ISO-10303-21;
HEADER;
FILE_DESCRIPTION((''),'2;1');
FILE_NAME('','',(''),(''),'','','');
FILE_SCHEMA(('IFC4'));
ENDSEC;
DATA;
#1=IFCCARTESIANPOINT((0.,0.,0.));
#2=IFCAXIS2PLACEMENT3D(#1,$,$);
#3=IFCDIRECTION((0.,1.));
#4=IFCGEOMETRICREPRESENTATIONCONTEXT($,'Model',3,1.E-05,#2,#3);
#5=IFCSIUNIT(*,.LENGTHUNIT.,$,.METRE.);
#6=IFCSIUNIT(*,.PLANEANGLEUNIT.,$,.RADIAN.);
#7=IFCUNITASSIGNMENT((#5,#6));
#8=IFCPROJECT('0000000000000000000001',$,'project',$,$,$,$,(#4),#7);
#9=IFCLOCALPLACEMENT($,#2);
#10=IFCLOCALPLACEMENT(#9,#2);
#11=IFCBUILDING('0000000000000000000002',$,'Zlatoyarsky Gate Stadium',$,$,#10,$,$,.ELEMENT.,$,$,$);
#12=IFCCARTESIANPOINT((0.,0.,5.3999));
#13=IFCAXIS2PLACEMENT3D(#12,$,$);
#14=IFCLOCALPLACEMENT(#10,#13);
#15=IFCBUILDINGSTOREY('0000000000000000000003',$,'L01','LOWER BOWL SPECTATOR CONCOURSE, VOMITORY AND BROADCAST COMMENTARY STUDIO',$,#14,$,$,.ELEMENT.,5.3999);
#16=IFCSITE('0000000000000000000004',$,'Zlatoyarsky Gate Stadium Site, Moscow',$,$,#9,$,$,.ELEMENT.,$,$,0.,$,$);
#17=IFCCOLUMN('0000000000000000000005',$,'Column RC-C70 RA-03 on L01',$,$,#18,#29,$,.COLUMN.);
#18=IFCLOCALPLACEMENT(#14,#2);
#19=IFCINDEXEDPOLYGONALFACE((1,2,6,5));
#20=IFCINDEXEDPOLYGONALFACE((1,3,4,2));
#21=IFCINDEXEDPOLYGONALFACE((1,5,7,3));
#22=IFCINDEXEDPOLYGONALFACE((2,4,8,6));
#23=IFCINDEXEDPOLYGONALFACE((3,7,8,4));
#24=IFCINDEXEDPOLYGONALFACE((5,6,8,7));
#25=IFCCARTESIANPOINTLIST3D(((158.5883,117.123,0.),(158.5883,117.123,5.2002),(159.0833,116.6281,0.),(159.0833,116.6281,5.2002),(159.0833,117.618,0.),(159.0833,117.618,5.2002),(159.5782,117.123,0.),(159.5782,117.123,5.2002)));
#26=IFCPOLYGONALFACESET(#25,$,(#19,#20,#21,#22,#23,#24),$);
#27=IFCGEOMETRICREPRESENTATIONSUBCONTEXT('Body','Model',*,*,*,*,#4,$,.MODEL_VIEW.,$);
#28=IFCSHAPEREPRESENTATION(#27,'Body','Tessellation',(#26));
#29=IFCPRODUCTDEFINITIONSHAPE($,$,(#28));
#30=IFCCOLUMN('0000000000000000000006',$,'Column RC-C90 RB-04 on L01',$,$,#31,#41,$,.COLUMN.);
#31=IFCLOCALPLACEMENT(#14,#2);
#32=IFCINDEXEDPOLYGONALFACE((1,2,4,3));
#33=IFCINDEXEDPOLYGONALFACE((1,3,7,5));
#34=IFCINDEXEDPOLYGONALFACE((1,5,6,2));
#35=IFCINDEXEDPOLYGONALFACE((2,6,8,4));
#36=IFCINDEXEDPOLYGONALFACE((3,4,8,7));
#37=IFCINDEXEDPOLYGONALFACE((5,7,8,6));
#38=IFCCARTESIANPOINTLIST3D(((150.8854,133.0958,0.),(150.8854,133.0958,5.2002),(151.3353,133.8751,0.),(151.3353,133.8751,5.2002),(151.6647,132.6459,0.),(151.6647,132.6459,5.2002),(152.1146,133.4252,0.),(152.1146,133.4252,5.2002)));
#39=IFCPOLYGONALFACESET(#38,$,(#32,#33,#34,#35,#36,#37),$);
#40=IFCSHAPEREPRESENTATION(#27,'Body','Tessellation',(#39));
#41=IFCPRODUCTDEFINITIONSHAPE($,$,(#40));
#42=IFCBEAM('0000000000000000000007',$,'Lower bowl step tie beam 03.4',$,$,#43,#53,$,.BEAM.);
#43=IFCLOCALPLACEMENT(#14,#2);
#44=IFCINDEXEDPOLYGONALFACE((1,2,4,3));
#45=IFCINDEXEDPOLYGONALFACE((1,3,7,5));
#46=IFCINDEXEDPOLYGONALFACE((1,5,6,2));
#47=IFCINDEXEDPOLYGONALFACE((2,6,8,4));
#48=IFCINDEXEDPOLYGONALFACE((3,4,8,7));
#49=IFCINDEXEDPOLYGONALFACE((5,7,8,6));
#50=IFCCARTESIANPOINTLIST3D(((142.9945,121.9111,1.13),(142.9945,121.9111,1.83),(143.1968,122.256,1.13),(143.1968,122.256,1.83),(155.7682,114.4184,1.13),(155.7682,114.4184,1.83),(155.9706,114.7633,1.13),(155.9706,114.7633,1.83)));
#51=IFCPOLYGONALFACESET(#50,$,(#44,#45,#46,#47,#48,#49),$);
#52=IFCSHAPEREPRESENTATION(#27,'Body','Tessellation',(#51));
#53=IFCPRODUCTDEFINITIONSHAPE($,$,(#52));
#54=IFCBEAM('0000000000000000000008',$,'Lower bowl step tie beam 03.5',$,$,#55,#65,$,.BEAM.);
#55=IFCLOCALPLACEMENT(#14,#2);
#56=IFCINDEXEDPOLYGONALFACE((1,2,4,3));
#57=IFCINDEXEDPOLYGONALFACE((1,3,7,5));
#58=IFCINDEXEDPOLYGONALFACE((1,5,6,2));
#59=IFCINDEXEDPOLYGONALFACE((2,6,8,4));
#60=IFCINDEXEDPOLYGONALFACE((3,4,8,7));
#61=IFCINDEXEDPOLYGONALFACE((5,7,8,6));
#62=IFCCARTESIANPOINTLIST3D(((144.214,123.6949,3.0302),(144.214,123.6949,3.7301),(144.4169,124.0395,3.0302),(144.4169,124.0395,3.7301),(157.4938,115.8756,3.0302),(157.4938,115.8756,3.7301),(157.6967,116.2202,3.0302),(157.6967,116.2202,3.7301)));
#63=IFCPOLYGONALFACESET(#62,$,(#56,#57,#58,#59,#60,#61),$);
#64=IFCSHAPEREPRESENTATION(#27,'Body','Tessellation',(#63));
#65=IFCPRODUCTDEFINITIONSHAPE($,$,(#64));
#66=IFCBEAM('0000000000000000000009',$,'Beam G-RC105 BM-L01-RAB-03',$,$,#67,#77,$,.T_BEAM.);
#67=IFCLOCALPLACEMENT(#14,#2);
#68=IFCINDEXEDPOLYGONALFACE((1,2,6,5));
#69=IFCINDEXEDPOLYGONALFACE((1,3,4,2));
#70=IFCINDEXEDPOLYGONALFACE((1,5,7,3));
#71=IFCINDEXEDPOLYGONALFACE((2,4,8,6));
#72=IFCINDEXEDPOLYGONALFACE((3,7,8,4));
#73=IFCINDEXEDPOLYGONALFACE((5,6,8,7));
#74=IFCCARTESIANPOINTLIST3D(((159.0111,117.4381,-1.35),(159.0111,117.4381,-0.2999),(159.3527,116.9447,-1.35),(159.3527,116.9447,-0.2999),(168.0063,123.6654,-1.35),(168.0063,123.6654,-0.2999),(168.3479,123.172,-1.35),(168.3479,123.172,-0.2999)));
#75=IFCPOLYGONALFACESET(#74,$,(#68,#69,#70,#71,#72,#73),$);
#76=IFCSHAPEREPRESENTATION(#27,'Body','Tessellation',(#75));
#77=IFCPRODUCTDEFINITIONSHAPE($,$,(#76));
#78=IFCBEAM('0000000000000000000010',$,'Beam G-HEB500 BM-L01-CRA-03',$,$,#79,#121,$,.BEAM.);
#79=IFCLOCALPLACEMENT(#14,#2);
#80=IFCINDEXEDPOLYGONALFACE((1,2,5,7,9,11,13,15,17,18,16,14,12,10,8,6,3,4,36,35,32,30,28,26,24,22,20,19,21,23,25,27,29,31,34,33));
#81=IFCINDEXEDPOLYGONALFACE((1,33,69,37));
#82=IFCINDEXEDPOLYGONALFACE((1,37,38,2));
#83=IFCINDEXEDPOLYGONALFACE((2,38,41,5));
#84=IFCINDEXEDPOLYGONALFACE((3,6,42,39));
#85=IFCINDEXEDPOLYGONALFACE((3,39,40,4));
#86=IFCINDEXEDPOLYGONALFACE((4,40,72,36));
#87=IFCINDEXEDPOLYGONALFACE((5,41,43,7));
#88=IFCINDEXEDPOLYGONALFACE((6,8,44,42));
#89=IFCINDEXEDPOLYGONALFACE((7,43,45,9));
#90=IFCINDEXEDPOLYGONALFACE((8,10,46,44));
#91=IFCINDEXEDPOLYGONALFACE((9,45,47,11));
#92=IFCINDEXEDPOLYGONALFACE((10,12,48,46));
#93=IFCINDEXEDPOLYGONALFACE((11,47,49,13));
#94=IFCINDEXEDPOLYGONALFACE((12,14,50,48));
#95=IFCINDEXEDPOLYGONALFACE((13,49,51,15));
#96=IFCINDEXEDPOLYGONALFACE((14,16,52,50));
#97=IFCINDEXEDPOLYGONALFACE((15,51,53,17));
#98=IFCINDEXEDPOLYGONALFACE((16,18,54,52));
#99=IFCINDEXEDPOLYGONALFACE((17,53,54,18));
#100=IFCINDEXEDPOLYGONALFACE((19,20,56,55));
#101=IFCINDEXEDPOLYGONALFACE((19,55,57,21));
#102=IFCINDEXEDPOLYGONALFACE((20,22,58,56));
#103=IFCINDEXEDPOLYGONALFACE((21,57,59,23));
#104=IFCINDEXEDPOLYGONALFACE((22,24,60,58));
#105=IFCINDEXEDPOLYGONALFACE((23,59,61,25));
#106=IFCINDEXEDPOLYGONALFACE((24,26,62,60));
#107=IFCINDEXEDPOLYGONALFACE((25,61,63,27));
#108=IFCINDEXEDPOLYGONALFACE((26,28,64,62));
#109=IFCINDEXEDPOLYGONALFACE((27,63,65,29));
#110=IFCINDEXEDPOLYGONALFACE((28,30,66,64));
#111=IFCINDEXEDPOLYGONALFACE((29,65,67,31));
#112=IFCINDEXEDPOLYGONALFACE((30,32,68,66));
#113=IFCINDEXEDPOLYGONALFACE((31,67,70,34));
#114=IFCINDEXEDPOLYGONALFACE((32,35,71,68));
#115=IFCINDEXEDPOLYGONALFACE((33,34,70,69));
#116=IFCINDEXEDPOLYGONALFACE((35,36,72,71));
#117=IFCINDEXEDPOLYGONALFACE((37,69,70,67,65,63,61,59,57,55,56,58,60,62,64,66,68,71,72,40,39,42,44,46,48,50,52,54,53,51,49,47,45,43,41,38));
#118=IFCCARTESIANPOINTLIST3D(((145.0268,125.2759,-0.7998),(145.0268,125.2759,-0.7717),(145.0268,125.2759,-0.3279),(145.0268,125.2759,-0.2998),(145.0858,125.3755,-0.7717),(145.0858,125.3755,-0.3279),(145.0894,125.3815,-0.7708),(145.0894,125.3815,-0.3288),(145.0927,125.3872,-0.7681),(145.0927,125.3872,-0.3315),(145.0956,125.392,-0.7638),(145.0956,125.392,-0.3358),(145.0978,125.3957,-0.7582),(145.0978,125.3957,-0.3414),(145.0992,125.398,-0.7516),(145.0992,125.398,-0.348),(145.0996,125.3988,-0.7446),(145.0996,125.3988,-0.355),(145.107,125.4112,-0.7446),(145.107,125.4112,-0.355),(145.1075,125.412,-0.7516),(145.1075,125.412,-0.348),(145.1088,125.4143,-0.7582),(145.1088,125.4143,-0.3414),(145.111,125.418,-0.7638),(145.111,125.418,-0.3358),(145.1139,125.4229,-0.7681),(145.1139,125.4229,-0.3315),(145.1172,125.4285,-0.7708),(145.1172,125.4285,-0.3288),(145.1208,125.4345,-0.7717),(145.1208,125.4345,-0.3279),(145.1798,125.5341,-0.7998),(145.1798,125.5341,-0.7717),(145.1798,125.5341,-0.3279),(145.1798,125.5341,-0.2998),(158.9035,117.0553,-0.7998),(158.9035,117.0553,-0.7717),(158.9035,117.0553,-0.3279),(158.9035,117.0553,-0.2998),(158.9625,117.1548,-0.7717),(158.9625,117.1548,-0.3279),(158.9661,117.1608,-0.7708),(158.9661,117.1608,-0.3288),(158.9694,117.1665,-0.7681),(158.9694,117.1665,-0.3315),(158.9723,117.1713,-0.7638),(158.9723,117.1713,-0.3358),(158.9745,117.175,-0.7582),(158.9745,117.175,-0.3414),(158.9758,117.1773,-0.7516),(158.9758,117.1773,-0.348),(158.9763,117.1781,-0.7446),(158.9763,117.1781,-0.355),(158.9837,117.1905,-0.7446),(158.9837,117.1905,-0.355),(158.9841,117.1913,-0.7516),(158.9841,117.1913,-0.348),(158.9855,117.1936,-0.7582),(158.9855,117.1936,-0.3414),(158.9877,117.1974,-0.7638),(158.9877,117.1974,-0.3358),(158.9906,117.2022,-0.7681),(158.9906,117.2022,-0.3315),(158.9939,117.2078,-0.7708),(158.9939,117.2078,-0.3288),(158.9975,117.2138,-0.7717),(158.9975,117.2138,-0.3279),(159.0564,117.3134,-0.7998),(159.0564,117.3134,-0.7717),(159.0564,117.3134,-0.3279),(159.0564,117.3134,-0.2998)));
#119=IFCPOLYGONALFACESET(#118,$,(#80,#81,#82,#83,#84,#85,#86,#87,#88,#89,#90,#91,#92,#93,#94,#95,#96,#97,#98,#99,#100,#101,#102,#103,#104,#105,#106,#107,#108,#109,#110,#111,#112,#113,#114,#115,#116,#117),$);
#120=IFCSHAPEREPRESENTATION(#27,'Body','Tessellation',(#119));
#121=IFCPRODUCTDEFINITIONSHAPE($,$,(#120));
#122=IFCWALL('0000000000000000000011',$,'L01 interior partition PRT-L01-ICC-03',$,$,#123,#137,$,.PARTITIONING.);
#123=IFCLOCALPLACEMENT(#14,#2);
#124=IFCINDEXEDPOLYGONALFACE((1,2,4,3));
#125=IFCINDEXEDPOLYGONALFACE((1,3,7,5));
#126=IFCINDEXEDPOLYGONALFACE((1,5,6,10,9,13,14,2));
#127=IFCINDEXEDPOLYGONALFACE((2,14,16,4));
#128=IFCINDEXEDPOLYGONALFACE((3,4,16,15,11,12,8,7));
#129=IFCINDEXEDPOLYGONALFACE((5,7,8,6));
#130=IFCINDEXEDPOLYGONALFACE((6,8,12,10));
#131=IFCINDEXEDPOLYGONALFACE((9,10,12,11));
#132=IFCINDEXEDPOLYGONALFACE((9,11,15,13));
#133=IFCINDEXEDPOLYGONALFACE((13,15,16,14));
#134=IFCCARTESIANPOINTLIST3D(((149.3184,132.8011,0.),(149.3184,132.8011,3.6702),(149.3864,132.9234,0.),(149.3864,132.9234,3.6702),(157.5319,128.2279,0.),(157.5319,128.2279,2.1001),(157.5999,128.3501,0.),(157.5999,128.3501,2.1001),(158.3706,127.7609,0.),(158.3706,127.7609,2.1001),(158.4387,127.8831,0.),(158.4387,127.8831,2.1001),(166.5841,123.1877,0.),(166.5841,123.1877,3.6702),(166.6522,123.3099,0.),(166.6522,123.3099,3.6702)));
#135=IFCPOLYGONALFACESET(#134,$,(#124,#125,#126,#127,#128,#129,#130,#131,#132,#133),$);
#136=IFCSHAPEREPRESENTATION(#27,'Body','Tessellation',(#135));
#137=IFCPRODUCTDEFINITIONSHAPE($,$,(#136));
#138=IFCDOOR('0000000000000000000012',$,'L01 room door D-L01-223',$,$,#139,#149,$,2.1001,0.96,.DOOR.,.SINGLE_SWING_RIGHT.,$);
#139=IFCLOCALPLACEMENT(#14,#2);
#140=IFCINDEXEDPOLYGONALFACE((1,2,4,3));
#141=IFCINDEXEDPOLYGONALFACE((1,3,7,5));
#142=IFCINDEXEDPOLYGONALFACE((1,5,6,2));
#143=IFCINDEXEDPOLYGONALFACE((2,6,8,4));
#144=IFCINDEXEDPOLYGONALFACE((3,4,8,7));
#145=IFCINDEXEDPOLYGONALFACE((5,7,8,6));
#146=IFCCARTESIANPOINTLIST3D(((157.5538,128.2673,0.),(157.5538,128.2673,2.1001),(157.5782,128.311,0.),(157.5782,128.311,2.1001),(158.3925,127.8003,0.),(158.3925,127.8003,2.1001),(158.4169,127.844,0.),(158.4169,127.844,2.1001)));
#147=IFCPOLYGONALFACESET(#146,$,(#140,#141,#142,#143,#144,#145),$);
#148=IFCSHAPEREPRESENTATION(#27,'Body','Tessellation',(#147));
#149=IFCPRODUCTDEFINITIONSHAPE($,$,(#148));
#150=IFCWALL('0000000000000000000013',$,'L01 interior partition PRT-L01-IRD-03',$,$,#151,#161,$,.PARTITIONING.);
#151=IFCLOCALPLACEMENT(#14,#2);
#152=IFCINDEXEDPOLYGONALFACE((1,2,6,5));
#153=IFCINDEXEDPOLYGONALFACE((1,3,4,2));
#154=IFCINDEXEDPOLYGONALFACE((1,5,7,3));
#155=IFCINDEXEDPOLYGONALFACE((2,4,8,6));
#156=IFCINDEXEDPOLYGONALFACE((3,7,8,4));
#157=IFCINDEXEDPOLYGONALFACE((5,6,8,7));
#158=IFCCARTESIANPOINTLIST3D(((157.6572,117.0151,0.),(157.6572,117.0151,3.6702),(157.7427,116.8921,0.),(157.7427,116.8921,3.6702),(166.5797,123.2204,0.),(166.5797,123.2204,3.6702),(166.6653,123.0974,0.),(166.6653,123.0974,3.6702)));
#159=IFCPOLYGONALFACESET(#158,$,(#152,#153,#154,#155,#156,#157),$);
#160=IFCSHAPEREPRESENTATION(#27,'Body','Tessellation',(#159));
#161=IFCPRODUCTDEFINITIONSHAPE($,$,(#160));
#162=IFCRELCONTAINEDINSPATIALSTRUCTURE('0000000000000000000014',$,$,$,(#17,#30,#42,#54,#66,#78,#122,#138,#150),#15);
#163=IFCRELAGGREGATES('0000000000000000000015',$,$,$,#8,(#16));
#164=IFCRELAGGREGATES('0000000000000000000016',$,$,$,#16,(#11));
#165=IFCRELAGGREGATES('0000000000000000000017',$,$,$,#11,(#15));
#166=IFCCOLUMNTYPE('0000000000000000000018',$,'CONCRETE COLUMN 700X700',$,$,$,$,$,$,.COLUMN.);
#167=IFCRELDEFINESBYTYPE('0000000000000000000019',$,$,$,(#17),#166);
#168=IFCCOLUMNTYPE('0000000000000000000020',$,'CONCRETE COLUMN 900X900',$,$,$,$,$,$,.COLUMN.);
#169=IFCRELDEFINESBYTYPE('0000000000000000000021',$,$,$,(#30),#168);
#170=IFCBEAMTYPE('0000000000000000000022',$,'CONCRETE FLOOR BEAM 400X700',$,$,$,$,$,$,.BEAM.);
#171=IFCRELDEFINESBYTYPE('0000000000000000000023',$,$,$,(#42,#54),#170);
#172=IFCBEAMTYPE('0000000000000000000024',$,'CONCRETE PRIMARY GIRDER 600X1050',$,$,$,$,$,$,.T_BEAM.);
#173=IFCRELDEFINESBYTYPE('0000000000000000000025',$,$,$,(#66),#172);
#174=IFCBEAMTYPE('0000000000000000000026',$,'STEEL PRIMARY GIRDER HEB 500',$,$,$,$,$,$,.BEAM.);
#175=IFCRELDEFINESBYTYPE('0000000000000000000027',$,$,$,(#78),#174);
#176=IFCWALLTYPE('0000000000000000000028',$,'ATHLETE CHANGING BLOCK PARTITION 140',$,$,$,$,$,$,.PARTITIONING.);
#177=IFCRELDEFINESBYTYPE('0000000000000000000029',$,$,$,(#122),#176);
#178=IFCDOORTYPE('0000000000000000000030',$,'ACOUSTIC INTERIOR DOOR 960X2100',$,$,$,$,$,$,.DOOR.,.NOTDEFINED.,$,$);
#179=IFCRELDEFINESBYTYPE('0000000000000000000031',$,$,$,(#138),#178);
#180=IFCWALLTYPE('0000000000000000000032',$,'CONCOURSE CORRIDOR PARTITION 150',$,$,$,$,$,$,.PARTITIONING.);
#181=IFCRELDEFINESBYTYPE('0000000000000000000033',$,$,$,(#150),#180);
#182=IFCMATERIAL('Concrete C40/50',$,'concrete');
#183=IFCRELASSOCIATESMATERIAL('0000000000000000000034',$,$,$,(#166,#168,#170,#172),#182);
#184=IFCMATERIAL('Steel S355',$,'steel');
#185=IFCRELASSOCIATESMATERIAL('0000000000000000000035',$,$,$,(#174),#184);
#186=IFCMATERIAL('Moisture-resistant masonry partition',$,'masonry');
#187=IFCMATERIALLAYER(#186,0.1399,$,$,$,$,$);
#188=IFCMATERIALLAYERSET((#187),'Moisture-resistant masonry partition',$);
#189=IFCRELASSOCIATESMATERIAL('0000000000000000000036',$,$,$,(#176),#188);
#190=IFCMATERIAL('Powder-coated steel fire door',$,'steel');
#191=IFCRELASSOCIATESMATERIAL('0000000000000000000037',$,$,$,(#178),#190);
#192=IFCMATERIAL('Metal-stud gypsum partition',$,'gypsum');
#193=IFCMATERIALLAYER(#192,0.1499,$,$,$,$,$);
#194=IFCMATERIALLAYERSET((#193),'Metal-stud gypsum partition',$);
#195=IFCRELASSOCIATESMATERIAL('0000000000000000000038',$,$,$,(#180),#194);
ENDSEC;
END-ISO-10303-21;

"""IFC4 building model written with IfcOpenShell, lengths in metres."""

from ifc_helpers import new_model, si_unit, direction, frame, frame_2d, origin, origin_2d, place, context, subcontext, project, spatial, rectangle, i_section, extrude, material, layer, layer_set, material_profile, profile_set, type_object, element, fill, save


model = new_model("IFC4")

# Units and contexts
model_context = context("Model", 3, precision=1e-05, world=origin(), true_north=direction((0.0, 1.0)))
body_context = subcontext(model_context, "Body", "Model", "MODEL_VIEW")
ifc_project = project(units=[si_unit("LENGTHUNIT", "METRE"), si_unit("PLANEANGLEUNIT", "RADIAN")], contexts=[model_context])

# Site, building, storey
site_placement = place(None, origin())
site = spatial("IfcSite", under=ifc_project, at=site_placement, Name="Zlatoyarsky Gate Stadium Site, Moscow", CompositionType="ELEMENT", RefElevation=0.0)
building_placement = place(site_placement, origin())
building = spatial("IfcBuilding", under=site, at=building_placement, Name="Zlatoyarsky Gate Stadium", CompositionType="ELEMENT")
storey_placement = place(building_placement, frame((0.0, 0.0, 5.3999)))
storey = spatial("IfcBuildingStorey", under=building, at=storey_placement, Name="L01", Description="LOWER BOWL SPECTATOR CONCOURSE, VOMITORY AND BROADCAST COMMENTARY STUDIO", CompositionType="ELEMENT", Elevation=5.3999)

# Columns
ifc_material_1 = material(Name="Concrete C40/50", Category="concrete")
ifc_material_profile_1 = material_profile(ifc_material_1, rectangle(XDim=0.7, YDim=0.7, at=origin_2d()), Name="RC COL 700X700")
ifc_profile_set_1 = profile_set([ifc_material_profile_1], Name="Concrete C40/50")
column_type_1 = type_object("IfcColumnType", Name="CONCRETE COLUMN 700X700", PredefinedType="COLUMN", material=ifc_profile_set_1)
column_1_placement = place(storey_placement, frame((159.0833, 117.123, 0.0), z_axis=(0.0, 0.0, 1.0), x_axis=(0.707107, 0.707107, 0.0)))
element("IfcColumn", 1, at=column_1_placement, inside=storey, type_object=column_type_1, Name="Column RC-C70 RA-03 on L01", PredefinedType="COLUMN", context=body_context, shape_type="SweptSolid", body=[
    extrude(rectangle(XDim=0.7, YDim=0.7, at=origin_2d()), origin(), (0.0, 0.0, 1.0), 5.2002),
])
ifc_material_profile_2 = material_profile(ifc_material_1, rectangle(XDim=0.8999, YDim=0.8999, at=origin_2d()), Name="RC COL 900X900")
ifc_profile_set_2 = profile_set([ifc_material_profile_2], Name="Concrete C40/50")
column_type_2 = type_object("IfcColumnType", Name="CONCRETE COLUMN 900X900", PredefinedType="COLUMN", material=ifc_profile_set_2)
column_2_placement = place(storey_placement, frame((151.5, 133.2605, 0.0), z_axis=(0.0, 0.0, 1.0), x_axis=(0.5, 0.866025, 0.0)))
element("IfcColumn", 2, at=column_2_placement, inside=storey, type_object=column_type_2, Name="Column RC-C90 RB-04 on L01", PredefinedType="COLUMN", context=body_context, shape_type="SweptSolid", body=[
    extrude(rectangle(XDim=0.8999, YDim=0.8999, at=origin_2d()), origin(), (0.0, 0.0, 1.0), 5.2002),
])

# Beams
ifc_material_profile_3 = material_profile(ifc_material_1, rectangle(XDim=0.3999, YDim=0.7, at=origin_2d()), Name="RC BEAM 400X700")
ifc_profile_set_3 = profile_set([ifc_material_profile_3], Name="Concrete C40/50")
beam_type_1 = type_object("IfcBeamType", Name="CONCRETE FLOOR BEAM 400X700", PredefinedType="BEAM", material=ifc_profile_set_3)
beam_1_placement = place(storey_placement, frame((155.8694, 114.5908, 1.48), z_axis=(-0.862561, 0.505953, 0.0), x_axis=(-0.505953, -0.862561, 0.0)))
element("IfcBeam", 3, at=beam_1_placement, inside=storey, type_object=beam_type_1, Name="Lower bowl step tie beam 03.4", PredefinedType="BEAM", context=body_context, shape_type="SweptSolid", body=[
    extrude(rectangle(XDim=0.3999, YDim=0.7, at=origin_2d()), origin(), (0.0, 0.0, 1.0), 14.8091),
])
beam_2_placement = place(storey_placement, frame((157.5952, 116.0479, 3.3801), z_axis=(-0.861716, 0.507391, 0.0), x_axis=(-0.507391, -0.861716, 0.0)))
element("IfcBeam", 4, at=beam_2_placement, inside=storey, type_object=beam_type_1, Name="Lower bowl step tie beam 03.5", PredefinedType="BEAM", context=body_context, shape_type="SweptSolid", body=[
    extrude(rectangle(XDim=0.3999, YDim=0.7, at=origin_2d()), origin(), (0.0, 0.0, 1.0), 15.4109),
])
ifc_material_profile_4 = material_profile(ifc_material_1, rectangle(XDim=0.6001, YDim=1.05, at=origin_2d()), Name="RC GIRDER 600X1050")
ifc_profile_set_4 = profile_set([ifc_material_profile_4], Name="Concrete C40/50")
beam_type_2 = type_object("IfcBeamType", Name="CONCRETE PRIMARY GIRDER 600X1050", PredefinedType="T_BEAM", material=ifc_profile_set_4)
beam_3_placement = place(storey_placement, frame((159.1819, 117.1914, -0.825), z_axis=(0.822196, 0.569204, 0.0), x_axis=(-0.569204, 0.822196, 0.0)))
element("IfcBeam", 5, at=beam_3_placement, inside=storey, type_object=beam_type_2, Name="Beam G-RC105 BM-L01-RAB-03", PredefinedType="T_BEAM", context=body_context, shape_type="SweptSolid", body=[
    extrude(rectangle(XDim=0.6001, YDim=1.05, at=origin_2d()), origin(), (0.0, 0.0, 1.0), 10.9404),
])
ifc_material_2 = material(Name="Steel S355", Category="steel")
ifc_material_profile_5 = material_profile(ifc_material_2, i_section(OverallWidth=0.3, OverallDepth=0.5, WebThickness=0.0144, FlangeThickness=0.0281, FilletRadius=0.0271, at=origin_2d()), Name="HEB 500")
ifc_profile_set_5 = profile_set([ifc_material_profile_5], Name="Steel S355")
beam_type_3 = type_object("IfcBeamType", Name="STEEL PRIMARY GIRDER HEB 500", PredefinedType="BEAM", material=ifc_profile_set_5)
beam_4_placement = place(storey_placement, frame((158.98, 117.1843, -0.5498), z_axis=(-0.86036, 0.509686, 0.0), x_axis=(-0.509686, -0.86036, 0.0)))
element("IfcBeam", 6, at=beam_4_placement, inside=storey, type_object=beam_type_3, Name="Beam G-HEB500 BM-L01-CRA-03", PredefinedType="BEAM", context=body_context, shape_type="SweptSolid", body=[
    extrude(i_section(OverallWidth=0.3, OverallDepth=0.5, WebThickness=0.0144, FlangeThickness=0.0281, FilletRadius=0.0271, at=origin_2d()), origin(), (0.0, 0.0, 1.0), 16.1289),
])

# Wall, opening, door
ifc_material_3 = material(Name="Moisture-resistant masonry partition", Category="masonry")
ifc_layer_1 = layer(ifc_material_3, 0.1399)
ifc_layer_set_1 = layer_set([ifc_layer_1], Name="Moisture-resistant masonry partition")
wall_type_1 = type_object("IfcWallType", Name="ATHLETE CHANGING BLOCK PARTITION 140", PredefinedType="PARTITIONING", material=ifc_layer_set_1)
wall_1_placement = place(storey_placement, frame((166.6182, 123.2488, 0.0), z_axis=(0.0, 0.0, 1.0), x_axis=(-0.873698, 0.486469, 0.0)))
wall_1 = element("IfcWall", 7, at=wall_1_placement, inside=storey, type_object=wall_type_1, Name="L01 interior partition PRT-L01-ICC-03", PredefinedType="PARTITIONING", context=body_context, shape_type="SweptSolid", body=[
    extrude(rectangle(XDim=19.7617, YDim=0.1399, at=frame_2d((9.8809, 0.0))), origin(), (0.0, 0.0, 1.0), 3.6702),
])
opening_1_placement = place(wall_1_placement, frame((9.4009, 0.0, 0.0)))
opening_1 = element("IfcOpeningElement", 8, at=opening_1_placement, cuts=wall_1, PredefinedType="OPENING", context=body_context, shape_type="SweptSolid", body=[
    extrude(rectangle(XDim=0.96, YDim=2.1001, at=frame_2d((0.48, 1.05))), frame((0.0, 0.0798, 0.0), z_axis=(0.0, -1.0, 0.0), x_axis=(1.0, 0.0, 0.0)), (0.0, 0.0, 1.0), 0.1599),
])
ifc_material_4 = material(Name="Powder-coated steel fire door", Category="steel")
door_type_1 = type_object("IfcDoorType", Name="ACOUSTIC INTERIOR DOOR 960X2100", OperationType="NOTDEFINED", PredefinedType="DOOR", material=ifc_material_4)
door_1_placement = place(opening_1_placement, origin())
door_1 = element("IfcDoor", 9, at=door_1_placement, inside=storey, type_object=door_type_1, Name="L01 room door D-L01-223", OperationType="SINGLE_SWING_RIGHT", OverallHeight=2.1001, OverallWidth=0.96, PredefinedType="DOOR", context=body_context, shape_type="SweptSolid", body=[
    extrude(rectangle(XDim=0.96, YDim=2.1001, at=frame_2d((0.48, 1.05))), frame((0.0, 0.0249, 0.0), z_axis=(0.0, -1.0, 0.0), x_axis=(1.0, 0.0, 0.0)), (0.0, 0.0, 1.0), 0.05),
])
fill(opening_1, door_1)

# Wall
ifc_material_5 = material(Name="Metal-stud gypsum partition", Category="gypsum")
ifc_layer_2 = layer(ifc_material_5, 0.1499)
ifc_layer_set_2 = layer_set([ifc_layer_2], Name="Metal-stud gypsum partition")
wall_type_2 = type_object("IfcWallType", Name="CONCOURSE CORRIDOR PARTITION 150", PredefinedType="PARTITIONING", material=ifc_layer_set_2)
wall_2_placement = place(storey_placement, frame((157.7, 116.9536, 0.0), z_axis=(0.0, 0.0, 1.0), x_axis=(0.820979, 0.570959, 0.0)))
element("IfcWall", 10, at=wall_2_placement, inside=storey, type_object=wall_type_2, Name="L01 interior partition PRT-L01-IRD-03", PredefinedType="PARTITIONING", context=body_context, shape_type="SweptSolid", body=[
    extrude(rectangle(XDim=10.8682, YDim=0.1499, at=frame_2d((5.4341, 0.0))), origin(), (0.0, 0.0, 1.0), 3.6702),
])

save(model, "model.ifc")
